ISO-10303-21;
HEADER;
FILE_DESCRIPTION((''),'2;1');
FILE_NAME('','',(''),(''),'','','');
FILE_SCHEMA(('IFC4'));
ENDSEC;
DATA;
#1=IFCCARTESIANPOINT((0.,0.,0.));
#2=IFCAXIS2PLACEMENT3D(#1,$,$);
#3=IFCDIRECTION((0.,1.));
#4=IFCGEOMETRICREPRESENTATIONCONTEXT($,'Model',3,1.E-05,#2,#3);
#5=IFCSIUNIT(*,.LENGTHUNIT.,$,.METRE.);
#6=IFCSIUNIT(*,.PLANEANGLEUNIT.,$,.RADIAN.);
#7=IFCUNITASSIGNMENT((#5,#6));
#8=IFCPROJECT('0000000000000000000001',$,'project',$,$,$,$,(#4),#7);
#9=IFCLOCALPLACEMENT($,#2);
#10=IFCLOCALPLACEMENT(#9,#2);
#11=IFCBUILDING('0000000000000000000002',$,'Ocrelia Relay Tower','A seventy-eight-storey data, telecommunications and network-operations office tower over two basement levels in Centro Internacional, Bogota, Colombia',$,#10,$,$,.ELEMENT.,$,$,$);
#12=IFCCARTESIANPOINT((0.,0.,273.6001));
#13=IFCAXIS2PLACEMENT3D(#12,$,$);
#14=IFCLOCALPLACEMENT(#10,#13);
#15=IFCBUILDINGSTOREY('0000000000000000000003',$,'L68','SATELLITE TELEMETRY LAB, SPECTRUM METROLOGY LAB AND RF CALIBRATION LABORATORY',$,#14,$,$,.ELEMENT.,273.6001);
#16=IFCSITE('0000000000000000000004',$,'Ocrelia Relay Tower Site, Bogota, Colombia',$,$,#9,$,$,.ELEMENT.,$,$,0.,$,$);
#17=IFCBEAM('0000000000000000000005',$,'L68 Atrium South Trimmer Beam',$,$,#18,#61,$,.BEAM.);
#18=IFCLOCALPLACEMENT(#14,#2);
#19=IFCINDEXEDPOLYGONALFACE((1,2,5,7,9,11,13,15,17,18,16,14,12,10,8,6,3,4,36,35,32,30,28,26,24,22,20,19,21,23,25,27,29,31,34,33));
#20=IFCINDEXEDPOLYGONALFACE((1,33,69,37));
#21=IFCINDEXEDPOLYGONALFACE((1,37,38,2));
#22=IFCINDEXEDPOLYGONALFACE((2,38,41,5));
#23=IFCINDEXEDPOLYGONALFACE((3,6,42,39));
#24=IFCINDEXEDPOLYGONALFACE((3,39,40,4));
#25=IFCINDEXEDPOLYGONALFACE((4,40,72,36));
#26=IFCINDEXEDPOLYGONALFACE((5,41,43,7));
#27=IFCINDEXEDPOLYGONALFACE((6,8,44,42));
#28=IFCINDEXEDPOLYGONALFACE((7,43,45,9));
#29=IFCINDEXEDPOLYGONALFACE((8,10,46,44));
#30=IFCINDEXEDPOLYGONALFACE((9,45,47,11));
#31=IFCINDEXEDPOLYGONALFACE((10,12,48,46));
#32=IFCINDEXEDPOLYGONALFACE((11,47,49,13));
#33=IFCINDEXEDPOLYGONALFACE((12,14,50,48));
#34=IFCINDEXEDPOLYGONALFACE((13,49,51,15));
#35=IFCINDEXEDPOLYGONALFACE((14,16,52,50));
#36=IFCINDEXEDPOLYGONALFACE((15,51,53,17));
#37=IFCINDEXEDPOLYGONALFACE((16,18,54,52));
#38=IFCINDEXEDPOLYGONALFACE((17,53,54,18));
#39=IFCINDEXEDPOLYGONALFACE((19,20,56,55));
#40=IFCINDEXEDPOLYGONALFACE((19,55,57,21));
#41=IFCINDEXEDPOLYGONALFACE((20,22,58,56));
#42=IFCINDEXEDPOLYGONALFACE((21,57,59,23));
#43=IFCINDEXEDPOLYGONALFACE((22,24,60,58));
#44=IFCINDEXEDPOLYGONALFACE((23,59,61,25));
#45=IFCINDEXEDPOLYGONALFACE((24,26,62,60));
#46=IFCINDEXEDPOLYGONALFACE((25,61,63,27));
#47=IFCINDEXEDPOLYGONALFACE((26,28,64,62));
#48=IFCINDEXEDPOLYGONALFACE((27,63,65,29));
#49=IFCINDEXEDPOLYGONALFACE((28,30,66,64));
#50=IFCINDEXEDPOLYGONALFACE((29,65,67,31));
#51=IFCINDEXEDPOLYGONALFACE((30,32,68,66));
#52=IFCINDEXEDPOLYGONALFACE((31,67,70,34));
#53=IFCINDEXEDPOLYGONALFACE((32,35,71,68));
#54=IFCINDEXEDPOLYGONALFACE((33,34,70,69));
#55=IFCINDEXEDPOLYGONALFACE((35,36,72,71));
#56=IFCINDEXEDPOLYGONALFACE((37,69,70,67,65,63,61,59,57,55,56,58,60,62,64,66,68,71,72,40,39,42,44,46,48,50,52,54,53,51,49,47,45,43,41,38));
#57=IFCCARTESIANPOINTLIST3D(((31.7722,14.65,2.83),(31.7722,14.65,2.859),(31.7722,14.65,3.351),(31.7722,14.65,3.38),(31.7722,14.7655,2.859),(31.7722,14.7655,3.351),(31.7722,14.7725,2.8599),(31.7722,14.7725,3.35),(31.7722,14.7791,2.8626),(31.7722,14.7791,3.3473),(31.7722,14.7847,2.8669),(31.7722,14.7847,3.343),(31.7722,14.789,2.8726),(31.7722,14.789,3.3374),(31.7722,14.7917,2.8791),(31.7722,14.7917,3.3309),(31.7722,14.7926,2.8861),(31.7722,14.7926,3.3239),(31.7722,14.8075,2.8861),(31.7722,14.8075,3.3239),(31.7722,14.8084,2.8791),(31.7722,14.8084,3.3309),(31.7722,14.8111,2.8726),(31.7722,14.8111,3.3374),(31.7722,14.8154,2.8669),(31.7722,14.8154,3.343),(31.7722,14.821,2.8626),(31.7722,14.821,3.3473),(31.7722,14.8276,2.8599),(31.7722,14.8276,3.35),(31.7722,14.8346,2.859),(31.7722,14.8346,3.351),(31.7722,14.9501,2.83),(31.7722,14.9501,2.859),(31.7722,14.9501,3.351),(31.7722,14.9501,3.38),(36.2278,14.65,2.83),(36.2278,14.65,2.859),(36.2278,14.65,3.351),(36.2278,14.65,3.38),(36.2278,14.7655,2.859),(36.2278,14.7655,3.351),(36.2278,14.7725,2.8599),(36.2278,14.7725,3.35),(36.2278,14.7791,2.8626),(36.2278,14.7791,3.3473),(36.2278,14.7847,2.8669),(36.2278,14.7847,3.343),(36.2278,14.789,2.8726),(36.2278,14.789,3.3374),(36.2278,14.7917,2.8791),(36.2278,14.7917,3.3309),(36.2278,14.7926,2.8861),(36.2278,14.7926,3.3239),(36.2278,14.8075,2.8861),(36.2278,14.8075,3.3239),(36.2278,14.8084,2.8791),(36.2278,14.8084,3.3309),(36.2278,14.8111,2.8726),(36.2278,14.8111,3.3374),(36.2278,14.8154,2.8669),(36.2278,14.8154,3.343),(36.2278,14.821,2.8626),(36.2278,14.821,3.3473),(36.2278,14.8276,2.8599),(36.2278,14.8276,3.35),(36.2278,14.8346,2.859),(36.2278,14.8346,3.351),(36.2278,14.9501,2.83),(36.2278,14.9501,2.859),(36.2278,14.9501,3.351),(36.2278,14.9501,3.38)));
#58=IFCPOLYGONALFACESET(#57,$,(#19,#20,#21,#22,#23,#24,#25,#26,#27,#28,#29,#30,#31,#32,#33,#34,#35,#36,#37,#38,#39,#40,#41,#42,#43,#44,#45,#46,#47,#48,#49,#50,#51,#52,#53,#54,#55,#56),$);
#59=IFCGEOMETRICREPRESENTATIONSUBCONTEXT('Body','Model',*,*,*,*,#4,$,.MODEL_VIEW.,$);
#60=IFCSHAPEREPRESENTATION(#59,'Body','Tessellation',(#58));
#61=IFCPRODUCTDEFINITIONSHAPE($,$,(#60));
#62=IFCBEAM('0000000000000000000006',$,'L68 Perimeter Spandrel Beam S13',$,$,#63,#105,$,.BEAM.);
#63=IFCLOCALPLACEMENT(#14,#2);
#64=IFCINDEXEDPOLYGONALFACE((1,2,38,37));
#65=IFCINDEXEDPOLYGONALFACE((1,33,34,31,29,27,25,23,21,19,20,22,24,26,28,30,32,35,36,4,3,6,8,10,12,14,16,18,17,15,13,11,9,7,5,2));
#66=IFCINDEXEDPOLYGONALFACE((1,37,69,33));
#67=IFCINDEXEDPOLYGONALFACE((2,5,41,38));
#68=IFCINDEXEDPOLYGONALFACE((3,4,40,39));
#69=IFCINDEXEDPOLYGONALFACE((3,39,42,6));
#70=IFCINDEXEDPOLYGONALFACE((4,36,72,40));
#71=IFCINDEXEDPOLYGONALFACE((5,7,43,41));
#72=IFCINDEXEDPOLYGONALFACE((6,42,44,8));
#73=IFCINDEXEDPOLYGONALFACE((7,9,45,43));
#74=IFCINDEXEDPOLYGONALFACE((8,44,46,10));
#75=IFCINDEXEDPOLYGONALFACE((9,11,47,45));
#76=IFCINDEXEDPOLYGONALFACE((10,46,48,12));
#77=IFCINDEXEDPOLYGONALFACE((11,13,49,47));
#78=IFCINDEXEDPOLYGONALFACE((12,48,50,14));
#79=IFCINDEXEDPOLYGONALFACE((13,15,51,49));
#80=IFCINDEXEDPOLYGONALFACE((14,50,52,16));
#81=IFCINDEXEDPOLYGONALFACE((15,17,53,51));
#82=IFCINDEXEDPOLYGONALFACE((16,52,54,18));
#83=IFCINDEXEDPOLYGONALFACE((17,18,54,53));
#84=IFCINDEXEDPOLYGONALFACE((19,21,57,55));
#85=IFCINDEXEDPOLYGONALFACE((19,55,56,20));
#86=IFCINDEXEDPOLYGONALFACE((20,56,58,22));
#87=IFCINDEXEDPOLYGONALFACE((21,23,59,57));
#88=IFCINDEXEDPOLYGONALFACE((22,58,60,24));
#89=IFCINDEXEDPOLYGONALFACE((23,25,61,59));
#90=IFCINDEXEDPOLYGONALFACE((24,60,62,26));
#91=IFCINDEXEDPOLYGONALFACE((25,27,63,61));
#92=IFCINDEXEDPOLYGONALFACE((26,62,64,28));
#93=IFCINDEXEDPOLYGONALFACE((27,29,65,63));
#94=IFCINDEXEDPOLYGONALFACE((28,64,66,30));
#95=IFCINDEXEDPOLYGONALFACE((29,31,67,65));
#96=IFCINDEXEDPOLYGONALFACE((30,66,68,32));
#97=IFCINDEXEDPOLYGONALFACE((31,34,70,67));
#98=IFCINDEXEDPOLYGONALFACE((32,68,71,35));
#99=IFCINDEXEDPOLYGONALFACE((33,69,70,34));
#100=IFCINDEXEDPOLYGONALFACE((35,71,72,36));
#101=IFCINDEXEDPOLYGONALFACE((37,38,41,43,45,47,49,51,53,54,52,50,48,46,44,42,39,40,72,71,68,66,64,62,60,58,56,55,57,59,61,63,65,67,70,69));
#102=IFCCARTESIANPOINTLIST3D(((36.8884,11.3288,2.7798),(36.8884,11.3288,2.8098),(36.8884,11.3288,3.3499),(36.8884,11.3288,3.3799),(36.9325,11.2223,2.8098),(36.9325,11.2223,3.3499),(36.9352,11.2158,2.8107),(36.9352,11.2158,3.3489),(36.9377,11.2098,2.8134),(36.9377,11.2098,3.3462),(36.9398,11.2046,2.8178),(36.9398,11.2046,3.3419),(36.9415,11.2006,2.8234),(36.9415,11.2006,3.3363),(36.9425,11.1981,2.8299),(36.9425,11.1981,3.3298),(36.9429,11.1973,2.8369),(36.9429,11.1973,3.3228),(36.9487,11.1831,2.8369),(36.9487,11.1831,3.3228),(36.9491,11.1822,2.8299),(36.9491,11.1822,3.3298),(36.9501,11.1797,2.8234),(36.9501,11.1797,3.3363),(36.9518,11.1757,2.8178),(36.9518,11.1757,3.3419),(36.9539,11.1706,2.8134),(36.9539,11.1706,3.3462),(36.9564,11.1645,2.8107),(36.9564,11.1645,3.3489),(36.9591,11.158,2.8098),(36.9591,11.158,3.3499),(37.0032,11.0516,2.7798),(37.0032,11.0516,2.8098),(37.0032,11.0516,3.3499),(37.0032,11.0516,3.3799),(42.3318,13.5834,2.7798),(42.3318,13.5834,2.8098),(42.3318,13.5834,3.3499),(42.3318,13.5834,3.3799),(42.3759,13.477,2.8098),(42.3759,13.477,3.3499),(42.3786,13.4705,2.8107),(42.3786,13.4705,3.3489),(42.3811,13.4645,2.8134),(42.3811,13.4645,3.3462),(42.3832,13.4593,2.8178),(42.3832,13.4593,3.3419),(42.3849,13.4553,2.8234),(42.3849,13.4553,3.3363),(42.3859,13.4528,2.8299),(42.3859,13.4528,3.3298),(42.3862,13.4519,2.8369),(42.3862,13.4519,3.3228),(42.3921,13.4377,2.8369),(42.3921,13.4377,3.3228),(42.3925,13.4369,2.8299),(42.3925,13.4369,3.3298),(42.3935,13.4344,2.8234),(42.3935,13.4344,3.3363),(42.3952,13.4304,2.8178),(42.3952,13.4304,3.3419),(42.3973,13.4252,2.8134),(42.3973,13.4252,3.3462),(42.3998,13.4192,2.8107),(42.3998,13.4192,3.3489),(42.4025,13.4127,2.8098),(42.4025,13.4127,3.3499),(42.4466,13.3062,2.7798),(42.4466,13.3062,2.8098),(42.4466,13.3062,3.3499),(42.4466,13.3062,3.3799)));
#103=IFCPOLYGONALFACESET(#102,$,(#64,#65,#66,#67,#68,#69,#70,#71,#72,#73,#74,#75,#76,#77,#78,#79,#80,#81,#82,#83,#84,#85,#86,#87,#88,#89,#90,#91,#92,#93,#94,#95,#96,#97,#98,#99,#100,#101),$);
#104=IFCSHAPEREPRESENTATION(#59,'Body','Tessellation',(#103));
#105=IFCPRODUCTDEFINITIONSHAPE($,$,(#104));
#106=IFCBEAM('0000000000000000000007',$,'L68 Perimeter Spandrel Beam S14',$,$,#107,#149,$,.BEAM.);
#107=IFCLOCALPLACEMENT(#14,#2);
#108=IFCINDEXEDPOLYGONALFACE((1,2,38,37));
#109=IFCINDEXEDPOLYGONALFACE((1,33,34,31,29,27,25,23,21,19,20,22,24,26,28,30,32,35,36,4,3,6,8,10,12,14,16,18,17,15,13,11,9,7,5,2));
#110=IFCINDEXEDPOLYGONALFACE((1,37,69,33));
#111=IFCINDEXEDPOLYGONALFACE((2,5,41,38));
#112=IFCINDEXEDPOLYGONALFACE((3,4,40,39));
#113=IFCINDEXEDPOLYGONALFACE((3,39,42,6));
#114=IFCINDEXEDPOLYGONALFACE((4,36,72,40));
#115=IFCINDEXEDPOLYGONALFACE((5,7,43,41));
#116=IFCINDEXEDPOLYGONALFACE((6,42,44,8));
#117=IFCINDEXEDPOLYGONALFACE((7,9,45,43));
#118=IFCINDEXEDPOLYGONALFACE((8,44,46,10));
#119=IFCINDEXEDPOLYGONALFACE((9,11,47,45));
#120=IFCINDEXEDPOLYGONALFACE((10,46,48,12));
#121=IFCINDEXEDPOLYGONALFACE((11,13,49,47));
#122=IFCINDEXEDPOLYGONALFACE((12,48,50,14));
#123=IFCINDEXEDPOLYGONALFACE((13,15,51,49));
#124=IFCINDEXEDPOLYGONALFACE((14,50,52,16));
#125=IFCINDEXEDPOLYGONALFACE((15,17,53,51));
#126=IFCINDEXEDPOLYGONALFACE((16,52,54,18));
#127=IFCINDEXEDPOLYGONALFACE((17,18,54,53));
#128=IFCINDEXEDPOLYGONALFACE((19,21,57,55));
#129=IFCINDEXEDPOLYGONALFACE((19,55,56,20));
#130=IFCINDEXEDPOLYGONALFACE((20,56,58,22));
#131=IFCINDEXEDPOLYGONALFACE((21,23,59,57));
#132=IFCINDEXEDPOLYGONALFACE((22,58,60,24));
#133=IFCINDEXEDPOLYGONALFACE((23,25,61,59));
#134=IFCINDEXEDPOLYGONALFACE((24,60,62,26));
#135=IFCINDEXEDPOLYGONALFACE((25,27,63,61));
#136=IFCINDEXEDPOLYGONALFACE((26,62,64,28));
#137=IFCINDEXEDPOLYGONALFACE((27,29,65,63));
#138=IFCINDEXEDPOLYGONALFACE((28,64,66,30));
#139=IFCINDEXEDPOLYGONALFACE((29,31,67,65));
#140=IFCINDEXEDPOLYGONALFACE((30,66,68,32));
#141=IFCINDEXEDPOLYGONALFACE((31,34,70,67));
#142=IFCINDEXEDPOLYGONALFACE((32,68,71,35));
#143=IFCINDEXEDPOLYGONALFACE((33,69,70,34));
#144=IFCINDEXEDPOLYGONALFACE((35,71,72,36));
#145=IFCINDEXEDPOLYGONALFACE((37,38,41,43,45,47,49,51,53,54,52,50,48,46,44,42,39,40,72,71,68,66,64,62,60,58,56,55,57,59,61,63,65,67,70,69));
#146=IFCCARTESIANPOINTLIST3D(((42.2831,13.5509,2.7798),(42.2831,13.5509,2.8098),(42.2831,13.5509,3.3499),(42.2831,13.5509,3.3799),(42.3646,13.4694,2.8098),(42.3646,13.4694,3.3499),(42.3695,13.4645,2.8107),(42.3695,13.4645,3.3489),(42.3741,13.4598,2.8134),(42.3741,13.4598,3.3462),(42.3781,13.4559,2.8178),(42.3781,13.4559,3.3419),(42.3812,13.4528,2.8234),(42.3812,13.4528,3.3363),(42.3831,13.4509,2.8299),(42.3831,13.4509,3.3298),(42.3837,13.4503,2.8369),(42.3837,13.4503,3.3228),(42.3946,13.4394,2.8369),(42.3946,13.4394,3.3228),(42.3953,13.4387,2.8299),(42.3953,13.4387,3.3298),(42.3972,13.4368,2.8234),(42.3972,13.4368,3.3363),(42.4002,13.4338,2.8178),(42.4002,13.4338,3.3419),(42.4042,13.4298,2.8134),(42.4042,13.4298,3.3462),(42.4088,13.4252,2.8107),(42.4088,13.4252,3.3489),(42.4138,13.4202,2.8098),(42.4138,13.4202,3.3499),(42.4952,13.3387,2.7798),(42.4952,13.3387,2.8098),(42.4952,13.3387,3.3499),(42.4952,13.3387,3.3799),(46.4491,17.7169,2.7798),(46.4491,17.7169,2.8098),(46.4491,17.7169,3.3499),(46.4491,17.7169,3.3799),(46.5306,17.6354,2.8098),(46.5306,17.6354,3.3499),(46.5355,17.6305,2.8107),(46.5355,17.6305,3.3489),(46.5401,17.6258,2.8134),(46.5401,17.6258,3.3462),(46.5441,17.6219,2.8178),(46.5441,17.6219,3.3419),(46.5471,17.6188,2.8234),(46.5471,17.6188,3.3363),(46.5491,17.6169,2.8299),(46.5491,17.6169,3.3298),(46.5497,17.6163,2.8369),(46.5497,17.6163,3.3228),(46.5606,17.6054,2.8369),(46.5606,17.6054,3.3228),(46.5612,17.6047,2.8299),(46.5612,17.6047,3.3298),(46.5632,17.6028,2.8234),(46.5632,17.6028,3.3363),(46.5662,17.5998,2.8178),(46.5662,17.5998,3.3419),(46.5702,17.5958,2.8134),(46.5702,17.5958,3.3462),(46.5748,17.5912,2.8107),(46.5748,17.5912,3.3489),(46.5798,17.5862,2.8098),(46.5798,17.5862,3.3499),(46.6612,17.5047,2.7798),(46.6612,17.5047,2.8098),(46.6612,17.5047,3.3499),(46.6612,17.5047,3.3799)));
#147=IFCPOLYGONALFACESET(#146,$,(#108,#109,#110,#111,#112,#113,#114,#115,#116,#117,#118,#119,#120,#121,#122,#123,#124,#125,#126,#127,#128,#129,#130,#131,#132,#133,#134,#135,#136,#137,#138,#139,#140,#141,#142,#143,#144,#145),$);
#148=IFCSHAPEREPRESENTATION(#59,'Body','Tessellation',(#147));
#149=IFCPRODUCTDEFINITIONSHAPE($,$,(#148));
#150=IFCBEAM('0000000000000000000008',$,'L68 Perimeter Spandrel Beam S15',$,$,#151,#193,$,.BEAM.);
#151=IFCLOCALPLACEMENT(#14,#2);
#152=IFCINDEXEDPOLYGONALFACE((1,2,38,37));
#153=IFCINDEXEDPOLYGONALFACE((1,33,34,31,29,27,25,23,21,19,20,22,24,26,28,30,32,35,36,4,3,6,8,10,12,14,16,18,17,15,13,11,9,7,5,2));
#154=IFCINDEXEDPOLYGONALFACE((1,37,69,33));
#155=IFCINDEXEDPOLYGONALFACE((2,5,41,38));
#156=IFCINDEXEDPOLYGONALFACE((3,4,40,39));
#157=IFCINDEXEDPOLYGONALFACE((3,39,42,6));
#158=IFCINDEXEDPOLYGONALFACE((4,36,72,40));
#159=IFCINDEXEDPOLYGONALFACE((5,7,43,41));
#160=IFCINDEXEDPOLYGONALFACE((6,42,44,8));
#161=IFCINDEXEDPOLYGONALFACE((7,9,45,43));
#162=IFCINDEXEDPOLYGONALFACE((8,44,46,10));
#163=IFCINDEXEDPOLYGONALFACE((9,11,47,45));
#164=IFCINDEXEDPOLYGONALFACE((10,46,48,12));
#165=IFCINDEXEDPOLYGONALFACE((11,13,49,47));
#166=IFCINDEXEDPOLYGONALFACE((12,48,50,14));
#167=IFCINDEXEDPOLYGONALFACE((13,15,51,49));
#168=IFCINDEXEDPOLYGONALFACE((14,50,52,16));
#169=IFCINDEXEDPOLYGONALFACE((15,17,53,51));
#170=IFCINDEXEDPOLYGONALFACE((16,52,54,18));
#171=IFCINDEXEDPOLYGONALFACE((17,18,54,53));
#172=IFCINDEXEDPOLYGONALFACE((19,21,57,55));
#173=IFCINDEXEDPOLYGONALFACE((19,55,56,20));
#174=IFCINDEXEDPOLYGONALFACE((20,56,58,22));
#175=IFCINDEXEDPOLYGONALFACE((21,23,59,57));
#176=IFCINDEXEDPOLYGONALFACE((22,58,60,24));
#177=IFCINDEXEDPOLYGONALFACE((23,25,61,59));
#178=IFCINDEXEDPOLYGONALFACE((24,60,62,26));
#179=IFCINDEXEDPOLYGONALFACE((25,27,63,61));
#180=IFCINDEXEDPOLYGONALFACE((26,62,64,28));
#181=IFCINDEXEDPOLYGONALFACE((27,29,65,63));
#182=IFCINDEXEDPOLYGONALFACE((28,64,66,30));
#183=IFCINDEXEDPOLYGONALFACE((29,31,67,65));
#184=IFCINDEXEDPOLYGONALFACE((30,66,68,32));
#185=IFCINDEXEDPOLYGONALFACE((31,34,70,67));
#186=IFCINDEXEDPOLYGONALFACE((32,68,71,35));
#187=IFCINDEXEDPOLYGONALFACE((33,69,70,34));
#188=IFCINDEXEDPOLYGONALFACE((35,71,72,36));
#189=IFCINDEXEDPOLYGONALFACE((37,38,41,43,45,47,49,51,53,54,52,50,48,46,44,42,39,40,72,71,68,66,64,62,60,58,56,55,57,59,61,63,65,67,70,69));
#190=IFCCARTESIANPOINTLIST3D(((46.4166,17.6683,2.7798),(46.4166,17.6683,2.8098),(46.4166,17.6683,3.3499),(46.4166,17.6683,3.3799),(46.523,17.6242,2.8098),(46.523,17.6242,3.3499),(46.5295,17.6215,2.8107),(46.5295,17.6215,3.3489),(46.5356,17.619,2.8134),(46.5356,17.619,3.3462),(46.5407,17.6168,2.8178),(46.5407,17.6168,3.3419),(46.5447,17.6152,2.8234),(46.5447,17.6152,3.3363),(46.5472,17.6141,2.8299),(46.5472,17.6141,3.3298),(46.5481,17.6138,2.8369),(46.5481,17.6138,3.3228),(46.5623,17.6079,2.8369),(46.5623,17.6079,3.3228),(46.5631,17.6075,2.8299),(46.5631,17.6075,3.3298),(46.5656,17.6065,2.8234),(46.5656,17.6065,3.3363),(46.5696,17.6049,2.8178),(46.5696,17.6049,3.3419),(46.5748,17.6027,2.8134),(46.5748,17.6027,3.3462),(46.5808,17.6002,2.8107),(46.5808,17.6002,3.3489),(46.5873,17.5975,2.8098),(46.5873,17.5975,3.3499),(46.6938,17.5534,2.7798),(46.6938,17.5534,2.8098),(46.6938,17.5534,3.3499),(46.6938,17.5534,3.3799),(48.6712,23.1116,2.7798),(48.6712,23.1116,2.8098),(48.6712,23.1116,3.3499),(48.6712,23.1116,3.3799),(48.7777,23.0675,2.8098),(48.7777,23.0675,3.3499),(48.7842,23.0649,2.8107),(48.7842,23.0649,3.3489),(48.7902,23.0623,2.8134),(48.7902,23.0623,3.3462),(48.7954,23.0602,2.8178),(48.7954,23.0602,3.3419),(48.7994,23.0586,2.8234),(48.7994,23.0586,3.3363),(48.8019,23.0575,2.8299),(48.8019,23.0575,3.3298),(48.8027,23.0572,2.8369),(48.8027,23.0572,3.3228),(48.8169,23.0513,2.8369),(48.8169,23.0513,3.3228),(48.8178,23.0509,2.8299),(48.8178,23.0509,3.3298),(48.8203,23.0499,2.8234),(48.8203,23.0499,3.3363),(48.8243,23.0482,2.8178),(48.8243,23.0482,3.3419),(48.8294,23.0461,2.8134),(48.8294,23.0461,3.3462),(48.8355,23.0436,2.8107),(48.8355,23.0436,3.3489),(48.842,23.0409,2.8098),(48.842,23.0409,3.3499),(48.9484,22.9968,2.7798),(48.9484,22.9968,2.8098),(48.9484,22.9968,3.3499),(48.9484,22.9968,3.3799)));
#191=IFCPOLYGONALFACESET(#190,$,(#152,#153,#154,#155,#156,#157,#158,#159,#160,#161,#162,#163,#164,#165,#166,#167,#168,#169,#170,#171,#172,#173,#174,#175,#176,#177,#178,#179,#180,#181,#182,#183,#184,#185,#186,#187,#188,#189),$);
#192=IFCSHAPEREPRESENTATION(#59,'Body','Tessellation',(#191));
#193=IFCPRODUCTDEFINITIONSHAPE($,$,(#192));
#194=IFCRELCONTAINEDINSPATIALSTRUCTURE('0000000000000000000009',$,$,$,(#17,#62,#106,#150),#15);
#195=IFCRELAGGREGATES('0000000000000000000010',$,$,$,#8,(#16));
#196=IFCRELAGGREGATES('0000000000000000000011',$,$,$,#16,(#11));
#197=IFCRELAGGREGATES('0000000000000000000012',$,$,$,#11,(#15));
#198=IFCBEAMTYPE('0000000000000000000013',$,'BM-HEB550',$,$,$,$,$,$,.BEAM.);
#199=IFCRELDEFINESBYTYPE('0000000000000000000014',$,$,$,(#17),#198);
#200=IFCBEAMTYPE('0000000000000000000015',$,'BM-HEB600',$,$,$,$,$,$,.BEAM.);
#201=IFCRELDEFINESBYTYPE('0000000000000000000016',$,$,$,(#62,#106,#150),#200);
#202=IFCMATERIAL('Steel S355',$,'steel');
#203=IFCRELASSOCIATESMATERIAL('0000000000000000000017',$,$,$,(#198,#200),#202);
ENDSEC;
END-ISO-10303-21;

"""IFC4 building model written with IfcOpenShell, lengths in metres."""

from ifc_helpers import new_model, si_unit, direction, frame, origin, origin_2d, place, context, subcontext, project, spatial, i_section, extrude, material, material_profile, profile_set, type_object, element, save


model = new_model("IFC4")

# Units and contexts
model_context = context("Model", 3, precision=1e-05, world=origin(), true_north=direction((0.0, 1.0)))
body_context = subcontext(model_context, "Body", "Model", "MODEL_VIEW")
ifc_project = project(units=[si_unit("LENGTHUNIT", "METRE"), si_unit("PLANEANGLEUNIT", "RADIAN")], contexts=[model_context])

# Site, building, storey
site_placement = place(None, origin())
site = spatial("IfcSite", under=ifc_project, at=site_placement, Name="Ocrelia Relay Tower Site, Bogota, Colombia", CompositionType="ELEMENT", RefElevation=0.0)
building_placement = place(site_placement, origin())
building = spatial("IfcBuilding", under=site, at=building_placement, Name="Ocrelia Relay Tower", Description="A seventy-eight-storey data, telecommunications and network-operations office tower over two basement levels in Centro Internacional, Bogota, Colombia", CompositionType="ELEMENT")
storey_placement = place(building_placement, frame((0.0, 0.0, 273.6001)))
storey = spatial("IfcBuildingStorey", under=building, at=storey_placement, Name="L68", Description="SATELLITE TELEMETRY LAB, SPECTRUM METROLOGY LAB AND RF CALIBRATION LABORATORY", CompositionType="ELEMENT", Elevation=273.6001)

# Beams
ifc_material_1 = material(Name="Steel S355", Category="steel")
ifc_material_profile_1 = material_profile(ifc_material_1, i_section(OverallWidth=0.3, OverallDepth=0.55, WebThickness=0.0149, FlangeThickness=0.0291, FilletRadius=0.0271, at=origin_2d()), Name="HEB 550")
ifc_profile_set_1 = profile_set([ifc_material_profile_1], Name="Steel S355")
beam_type_1 = type_object("IfcBeamType", Name="BM-HEB550", PredefinedType="BEAM", material=ifc_profile_set_1)
beam_1_placement = place(storey_placement, frame((31.7722, 14.8, 3.105), z_axis=(1.0, 0.0, 0.0), x_axis=(0.0, 1.0, 0.0)))
element("IfcBeam", 1, at=beam_1_placement, inside=storey, type_object=beam_type_1, Name="L68 Atrium South Trimmer Beam", PredefinedType="BEAM", context=body_context, shape_type="SweptSolid", body=[
    extrude(i_section(OverallWidth=0.3, OverallDepth=0.55, WebThickness=0.0149, FlangeThickness=0.0291, FilletRadius=0.0271, at=origin_2d()), origin(), (0.0, 0.0, 1.0), 4.4556),
])
ifc_material_profile_2 = material_profile(ifc_material_1, i_section(OverallWidth=0.3, OverallDepth=0.6001, WebThickness=0.0154, FlangeThickness=0.03, FilletRadius=0.0271, at=origin_2d()), Name="HEB 600")
ifc_profile_set_2 = profile_set([ifc_material_profile_2], Name="Steel S355")
beam_type_2 = type_object("IfcBeamType", Name="BM-HEB600", PredefinedType="BEAM", material=ifc_profile_set_2)
beam_2_placement = place(storey_placement, frame((36.9458, 11.1902, 3.0798), z_axis=(0.923884, 0.382673, 0.0), x_axis=(-0.382673, 0.923884, 0.0)))
element("IfcBeam", 2, at=beam_2_placement, inside=storey, type_object=beam_type_2, Name="L68 Perimeter Spandrel Beam S13", PredefinedType="BEAM", context=body_context, shape_type="SweptSolid", body=[
    extrude(i_section(OverallWidth=0.3, OverallDepth=0.6001, WebThickness=0.0154, FlangeThickness=0.03, FilletRadius=0.0271, at=origin_2d()), origin(), (0.0, 0.0, 1.0), 5.8918),
])
beam_3_placement = place(storey_placement, frame((42.3892, 13.4448, 3.0798), z_axis=(0.707107, 0.707107, 0.0), x_axis=(-0.707107, 0.707107, 0.0)))
element("IfcBeam", 3, at=beam_3_placement, inside=storey, type_object=beam_type_2, Name="L68 Perimeter Spandrel Beam S14", PredefinedType="BEAM", context=body_context, shape_type="SweptSolid", body=[
    extrude(i_section(OverallWidth=0.3, OverallDepth=0.6001, WebThickness=0.0154, FlangeThickness=0.03, FilletRadius=0.0271, at=origin_2d()), origin(), (0.0, 0.0, 1.0), 5.8916),
])
beam_4_placement = place(storey_placement, frame((46.5552, 17.6108, 3.0798), z_axis=(0.382673, 0.923884, 0.0), x_axis=(-0.923884, 0.382673, 0.0)))
element("IfcBeam", 4, at=beam_4_placement, inside=storey, type_object=beam_type_2, Name="L68 Perimeter Spandrel Beam S15", PredefinedType="BEAM", context=body_context, shape_type="SweptSolid", body=[
    extrude(i_section(OverallWidth=0.3, OverallDepth=0.6001, WebThickness=0.0154, FlangeThickness=0.03, FilletRadius=0.0271, at=origin_2d()), origin(), (0.0, 0.0, 1.0), 5.8918),
])

save(model, "model.ifc")
